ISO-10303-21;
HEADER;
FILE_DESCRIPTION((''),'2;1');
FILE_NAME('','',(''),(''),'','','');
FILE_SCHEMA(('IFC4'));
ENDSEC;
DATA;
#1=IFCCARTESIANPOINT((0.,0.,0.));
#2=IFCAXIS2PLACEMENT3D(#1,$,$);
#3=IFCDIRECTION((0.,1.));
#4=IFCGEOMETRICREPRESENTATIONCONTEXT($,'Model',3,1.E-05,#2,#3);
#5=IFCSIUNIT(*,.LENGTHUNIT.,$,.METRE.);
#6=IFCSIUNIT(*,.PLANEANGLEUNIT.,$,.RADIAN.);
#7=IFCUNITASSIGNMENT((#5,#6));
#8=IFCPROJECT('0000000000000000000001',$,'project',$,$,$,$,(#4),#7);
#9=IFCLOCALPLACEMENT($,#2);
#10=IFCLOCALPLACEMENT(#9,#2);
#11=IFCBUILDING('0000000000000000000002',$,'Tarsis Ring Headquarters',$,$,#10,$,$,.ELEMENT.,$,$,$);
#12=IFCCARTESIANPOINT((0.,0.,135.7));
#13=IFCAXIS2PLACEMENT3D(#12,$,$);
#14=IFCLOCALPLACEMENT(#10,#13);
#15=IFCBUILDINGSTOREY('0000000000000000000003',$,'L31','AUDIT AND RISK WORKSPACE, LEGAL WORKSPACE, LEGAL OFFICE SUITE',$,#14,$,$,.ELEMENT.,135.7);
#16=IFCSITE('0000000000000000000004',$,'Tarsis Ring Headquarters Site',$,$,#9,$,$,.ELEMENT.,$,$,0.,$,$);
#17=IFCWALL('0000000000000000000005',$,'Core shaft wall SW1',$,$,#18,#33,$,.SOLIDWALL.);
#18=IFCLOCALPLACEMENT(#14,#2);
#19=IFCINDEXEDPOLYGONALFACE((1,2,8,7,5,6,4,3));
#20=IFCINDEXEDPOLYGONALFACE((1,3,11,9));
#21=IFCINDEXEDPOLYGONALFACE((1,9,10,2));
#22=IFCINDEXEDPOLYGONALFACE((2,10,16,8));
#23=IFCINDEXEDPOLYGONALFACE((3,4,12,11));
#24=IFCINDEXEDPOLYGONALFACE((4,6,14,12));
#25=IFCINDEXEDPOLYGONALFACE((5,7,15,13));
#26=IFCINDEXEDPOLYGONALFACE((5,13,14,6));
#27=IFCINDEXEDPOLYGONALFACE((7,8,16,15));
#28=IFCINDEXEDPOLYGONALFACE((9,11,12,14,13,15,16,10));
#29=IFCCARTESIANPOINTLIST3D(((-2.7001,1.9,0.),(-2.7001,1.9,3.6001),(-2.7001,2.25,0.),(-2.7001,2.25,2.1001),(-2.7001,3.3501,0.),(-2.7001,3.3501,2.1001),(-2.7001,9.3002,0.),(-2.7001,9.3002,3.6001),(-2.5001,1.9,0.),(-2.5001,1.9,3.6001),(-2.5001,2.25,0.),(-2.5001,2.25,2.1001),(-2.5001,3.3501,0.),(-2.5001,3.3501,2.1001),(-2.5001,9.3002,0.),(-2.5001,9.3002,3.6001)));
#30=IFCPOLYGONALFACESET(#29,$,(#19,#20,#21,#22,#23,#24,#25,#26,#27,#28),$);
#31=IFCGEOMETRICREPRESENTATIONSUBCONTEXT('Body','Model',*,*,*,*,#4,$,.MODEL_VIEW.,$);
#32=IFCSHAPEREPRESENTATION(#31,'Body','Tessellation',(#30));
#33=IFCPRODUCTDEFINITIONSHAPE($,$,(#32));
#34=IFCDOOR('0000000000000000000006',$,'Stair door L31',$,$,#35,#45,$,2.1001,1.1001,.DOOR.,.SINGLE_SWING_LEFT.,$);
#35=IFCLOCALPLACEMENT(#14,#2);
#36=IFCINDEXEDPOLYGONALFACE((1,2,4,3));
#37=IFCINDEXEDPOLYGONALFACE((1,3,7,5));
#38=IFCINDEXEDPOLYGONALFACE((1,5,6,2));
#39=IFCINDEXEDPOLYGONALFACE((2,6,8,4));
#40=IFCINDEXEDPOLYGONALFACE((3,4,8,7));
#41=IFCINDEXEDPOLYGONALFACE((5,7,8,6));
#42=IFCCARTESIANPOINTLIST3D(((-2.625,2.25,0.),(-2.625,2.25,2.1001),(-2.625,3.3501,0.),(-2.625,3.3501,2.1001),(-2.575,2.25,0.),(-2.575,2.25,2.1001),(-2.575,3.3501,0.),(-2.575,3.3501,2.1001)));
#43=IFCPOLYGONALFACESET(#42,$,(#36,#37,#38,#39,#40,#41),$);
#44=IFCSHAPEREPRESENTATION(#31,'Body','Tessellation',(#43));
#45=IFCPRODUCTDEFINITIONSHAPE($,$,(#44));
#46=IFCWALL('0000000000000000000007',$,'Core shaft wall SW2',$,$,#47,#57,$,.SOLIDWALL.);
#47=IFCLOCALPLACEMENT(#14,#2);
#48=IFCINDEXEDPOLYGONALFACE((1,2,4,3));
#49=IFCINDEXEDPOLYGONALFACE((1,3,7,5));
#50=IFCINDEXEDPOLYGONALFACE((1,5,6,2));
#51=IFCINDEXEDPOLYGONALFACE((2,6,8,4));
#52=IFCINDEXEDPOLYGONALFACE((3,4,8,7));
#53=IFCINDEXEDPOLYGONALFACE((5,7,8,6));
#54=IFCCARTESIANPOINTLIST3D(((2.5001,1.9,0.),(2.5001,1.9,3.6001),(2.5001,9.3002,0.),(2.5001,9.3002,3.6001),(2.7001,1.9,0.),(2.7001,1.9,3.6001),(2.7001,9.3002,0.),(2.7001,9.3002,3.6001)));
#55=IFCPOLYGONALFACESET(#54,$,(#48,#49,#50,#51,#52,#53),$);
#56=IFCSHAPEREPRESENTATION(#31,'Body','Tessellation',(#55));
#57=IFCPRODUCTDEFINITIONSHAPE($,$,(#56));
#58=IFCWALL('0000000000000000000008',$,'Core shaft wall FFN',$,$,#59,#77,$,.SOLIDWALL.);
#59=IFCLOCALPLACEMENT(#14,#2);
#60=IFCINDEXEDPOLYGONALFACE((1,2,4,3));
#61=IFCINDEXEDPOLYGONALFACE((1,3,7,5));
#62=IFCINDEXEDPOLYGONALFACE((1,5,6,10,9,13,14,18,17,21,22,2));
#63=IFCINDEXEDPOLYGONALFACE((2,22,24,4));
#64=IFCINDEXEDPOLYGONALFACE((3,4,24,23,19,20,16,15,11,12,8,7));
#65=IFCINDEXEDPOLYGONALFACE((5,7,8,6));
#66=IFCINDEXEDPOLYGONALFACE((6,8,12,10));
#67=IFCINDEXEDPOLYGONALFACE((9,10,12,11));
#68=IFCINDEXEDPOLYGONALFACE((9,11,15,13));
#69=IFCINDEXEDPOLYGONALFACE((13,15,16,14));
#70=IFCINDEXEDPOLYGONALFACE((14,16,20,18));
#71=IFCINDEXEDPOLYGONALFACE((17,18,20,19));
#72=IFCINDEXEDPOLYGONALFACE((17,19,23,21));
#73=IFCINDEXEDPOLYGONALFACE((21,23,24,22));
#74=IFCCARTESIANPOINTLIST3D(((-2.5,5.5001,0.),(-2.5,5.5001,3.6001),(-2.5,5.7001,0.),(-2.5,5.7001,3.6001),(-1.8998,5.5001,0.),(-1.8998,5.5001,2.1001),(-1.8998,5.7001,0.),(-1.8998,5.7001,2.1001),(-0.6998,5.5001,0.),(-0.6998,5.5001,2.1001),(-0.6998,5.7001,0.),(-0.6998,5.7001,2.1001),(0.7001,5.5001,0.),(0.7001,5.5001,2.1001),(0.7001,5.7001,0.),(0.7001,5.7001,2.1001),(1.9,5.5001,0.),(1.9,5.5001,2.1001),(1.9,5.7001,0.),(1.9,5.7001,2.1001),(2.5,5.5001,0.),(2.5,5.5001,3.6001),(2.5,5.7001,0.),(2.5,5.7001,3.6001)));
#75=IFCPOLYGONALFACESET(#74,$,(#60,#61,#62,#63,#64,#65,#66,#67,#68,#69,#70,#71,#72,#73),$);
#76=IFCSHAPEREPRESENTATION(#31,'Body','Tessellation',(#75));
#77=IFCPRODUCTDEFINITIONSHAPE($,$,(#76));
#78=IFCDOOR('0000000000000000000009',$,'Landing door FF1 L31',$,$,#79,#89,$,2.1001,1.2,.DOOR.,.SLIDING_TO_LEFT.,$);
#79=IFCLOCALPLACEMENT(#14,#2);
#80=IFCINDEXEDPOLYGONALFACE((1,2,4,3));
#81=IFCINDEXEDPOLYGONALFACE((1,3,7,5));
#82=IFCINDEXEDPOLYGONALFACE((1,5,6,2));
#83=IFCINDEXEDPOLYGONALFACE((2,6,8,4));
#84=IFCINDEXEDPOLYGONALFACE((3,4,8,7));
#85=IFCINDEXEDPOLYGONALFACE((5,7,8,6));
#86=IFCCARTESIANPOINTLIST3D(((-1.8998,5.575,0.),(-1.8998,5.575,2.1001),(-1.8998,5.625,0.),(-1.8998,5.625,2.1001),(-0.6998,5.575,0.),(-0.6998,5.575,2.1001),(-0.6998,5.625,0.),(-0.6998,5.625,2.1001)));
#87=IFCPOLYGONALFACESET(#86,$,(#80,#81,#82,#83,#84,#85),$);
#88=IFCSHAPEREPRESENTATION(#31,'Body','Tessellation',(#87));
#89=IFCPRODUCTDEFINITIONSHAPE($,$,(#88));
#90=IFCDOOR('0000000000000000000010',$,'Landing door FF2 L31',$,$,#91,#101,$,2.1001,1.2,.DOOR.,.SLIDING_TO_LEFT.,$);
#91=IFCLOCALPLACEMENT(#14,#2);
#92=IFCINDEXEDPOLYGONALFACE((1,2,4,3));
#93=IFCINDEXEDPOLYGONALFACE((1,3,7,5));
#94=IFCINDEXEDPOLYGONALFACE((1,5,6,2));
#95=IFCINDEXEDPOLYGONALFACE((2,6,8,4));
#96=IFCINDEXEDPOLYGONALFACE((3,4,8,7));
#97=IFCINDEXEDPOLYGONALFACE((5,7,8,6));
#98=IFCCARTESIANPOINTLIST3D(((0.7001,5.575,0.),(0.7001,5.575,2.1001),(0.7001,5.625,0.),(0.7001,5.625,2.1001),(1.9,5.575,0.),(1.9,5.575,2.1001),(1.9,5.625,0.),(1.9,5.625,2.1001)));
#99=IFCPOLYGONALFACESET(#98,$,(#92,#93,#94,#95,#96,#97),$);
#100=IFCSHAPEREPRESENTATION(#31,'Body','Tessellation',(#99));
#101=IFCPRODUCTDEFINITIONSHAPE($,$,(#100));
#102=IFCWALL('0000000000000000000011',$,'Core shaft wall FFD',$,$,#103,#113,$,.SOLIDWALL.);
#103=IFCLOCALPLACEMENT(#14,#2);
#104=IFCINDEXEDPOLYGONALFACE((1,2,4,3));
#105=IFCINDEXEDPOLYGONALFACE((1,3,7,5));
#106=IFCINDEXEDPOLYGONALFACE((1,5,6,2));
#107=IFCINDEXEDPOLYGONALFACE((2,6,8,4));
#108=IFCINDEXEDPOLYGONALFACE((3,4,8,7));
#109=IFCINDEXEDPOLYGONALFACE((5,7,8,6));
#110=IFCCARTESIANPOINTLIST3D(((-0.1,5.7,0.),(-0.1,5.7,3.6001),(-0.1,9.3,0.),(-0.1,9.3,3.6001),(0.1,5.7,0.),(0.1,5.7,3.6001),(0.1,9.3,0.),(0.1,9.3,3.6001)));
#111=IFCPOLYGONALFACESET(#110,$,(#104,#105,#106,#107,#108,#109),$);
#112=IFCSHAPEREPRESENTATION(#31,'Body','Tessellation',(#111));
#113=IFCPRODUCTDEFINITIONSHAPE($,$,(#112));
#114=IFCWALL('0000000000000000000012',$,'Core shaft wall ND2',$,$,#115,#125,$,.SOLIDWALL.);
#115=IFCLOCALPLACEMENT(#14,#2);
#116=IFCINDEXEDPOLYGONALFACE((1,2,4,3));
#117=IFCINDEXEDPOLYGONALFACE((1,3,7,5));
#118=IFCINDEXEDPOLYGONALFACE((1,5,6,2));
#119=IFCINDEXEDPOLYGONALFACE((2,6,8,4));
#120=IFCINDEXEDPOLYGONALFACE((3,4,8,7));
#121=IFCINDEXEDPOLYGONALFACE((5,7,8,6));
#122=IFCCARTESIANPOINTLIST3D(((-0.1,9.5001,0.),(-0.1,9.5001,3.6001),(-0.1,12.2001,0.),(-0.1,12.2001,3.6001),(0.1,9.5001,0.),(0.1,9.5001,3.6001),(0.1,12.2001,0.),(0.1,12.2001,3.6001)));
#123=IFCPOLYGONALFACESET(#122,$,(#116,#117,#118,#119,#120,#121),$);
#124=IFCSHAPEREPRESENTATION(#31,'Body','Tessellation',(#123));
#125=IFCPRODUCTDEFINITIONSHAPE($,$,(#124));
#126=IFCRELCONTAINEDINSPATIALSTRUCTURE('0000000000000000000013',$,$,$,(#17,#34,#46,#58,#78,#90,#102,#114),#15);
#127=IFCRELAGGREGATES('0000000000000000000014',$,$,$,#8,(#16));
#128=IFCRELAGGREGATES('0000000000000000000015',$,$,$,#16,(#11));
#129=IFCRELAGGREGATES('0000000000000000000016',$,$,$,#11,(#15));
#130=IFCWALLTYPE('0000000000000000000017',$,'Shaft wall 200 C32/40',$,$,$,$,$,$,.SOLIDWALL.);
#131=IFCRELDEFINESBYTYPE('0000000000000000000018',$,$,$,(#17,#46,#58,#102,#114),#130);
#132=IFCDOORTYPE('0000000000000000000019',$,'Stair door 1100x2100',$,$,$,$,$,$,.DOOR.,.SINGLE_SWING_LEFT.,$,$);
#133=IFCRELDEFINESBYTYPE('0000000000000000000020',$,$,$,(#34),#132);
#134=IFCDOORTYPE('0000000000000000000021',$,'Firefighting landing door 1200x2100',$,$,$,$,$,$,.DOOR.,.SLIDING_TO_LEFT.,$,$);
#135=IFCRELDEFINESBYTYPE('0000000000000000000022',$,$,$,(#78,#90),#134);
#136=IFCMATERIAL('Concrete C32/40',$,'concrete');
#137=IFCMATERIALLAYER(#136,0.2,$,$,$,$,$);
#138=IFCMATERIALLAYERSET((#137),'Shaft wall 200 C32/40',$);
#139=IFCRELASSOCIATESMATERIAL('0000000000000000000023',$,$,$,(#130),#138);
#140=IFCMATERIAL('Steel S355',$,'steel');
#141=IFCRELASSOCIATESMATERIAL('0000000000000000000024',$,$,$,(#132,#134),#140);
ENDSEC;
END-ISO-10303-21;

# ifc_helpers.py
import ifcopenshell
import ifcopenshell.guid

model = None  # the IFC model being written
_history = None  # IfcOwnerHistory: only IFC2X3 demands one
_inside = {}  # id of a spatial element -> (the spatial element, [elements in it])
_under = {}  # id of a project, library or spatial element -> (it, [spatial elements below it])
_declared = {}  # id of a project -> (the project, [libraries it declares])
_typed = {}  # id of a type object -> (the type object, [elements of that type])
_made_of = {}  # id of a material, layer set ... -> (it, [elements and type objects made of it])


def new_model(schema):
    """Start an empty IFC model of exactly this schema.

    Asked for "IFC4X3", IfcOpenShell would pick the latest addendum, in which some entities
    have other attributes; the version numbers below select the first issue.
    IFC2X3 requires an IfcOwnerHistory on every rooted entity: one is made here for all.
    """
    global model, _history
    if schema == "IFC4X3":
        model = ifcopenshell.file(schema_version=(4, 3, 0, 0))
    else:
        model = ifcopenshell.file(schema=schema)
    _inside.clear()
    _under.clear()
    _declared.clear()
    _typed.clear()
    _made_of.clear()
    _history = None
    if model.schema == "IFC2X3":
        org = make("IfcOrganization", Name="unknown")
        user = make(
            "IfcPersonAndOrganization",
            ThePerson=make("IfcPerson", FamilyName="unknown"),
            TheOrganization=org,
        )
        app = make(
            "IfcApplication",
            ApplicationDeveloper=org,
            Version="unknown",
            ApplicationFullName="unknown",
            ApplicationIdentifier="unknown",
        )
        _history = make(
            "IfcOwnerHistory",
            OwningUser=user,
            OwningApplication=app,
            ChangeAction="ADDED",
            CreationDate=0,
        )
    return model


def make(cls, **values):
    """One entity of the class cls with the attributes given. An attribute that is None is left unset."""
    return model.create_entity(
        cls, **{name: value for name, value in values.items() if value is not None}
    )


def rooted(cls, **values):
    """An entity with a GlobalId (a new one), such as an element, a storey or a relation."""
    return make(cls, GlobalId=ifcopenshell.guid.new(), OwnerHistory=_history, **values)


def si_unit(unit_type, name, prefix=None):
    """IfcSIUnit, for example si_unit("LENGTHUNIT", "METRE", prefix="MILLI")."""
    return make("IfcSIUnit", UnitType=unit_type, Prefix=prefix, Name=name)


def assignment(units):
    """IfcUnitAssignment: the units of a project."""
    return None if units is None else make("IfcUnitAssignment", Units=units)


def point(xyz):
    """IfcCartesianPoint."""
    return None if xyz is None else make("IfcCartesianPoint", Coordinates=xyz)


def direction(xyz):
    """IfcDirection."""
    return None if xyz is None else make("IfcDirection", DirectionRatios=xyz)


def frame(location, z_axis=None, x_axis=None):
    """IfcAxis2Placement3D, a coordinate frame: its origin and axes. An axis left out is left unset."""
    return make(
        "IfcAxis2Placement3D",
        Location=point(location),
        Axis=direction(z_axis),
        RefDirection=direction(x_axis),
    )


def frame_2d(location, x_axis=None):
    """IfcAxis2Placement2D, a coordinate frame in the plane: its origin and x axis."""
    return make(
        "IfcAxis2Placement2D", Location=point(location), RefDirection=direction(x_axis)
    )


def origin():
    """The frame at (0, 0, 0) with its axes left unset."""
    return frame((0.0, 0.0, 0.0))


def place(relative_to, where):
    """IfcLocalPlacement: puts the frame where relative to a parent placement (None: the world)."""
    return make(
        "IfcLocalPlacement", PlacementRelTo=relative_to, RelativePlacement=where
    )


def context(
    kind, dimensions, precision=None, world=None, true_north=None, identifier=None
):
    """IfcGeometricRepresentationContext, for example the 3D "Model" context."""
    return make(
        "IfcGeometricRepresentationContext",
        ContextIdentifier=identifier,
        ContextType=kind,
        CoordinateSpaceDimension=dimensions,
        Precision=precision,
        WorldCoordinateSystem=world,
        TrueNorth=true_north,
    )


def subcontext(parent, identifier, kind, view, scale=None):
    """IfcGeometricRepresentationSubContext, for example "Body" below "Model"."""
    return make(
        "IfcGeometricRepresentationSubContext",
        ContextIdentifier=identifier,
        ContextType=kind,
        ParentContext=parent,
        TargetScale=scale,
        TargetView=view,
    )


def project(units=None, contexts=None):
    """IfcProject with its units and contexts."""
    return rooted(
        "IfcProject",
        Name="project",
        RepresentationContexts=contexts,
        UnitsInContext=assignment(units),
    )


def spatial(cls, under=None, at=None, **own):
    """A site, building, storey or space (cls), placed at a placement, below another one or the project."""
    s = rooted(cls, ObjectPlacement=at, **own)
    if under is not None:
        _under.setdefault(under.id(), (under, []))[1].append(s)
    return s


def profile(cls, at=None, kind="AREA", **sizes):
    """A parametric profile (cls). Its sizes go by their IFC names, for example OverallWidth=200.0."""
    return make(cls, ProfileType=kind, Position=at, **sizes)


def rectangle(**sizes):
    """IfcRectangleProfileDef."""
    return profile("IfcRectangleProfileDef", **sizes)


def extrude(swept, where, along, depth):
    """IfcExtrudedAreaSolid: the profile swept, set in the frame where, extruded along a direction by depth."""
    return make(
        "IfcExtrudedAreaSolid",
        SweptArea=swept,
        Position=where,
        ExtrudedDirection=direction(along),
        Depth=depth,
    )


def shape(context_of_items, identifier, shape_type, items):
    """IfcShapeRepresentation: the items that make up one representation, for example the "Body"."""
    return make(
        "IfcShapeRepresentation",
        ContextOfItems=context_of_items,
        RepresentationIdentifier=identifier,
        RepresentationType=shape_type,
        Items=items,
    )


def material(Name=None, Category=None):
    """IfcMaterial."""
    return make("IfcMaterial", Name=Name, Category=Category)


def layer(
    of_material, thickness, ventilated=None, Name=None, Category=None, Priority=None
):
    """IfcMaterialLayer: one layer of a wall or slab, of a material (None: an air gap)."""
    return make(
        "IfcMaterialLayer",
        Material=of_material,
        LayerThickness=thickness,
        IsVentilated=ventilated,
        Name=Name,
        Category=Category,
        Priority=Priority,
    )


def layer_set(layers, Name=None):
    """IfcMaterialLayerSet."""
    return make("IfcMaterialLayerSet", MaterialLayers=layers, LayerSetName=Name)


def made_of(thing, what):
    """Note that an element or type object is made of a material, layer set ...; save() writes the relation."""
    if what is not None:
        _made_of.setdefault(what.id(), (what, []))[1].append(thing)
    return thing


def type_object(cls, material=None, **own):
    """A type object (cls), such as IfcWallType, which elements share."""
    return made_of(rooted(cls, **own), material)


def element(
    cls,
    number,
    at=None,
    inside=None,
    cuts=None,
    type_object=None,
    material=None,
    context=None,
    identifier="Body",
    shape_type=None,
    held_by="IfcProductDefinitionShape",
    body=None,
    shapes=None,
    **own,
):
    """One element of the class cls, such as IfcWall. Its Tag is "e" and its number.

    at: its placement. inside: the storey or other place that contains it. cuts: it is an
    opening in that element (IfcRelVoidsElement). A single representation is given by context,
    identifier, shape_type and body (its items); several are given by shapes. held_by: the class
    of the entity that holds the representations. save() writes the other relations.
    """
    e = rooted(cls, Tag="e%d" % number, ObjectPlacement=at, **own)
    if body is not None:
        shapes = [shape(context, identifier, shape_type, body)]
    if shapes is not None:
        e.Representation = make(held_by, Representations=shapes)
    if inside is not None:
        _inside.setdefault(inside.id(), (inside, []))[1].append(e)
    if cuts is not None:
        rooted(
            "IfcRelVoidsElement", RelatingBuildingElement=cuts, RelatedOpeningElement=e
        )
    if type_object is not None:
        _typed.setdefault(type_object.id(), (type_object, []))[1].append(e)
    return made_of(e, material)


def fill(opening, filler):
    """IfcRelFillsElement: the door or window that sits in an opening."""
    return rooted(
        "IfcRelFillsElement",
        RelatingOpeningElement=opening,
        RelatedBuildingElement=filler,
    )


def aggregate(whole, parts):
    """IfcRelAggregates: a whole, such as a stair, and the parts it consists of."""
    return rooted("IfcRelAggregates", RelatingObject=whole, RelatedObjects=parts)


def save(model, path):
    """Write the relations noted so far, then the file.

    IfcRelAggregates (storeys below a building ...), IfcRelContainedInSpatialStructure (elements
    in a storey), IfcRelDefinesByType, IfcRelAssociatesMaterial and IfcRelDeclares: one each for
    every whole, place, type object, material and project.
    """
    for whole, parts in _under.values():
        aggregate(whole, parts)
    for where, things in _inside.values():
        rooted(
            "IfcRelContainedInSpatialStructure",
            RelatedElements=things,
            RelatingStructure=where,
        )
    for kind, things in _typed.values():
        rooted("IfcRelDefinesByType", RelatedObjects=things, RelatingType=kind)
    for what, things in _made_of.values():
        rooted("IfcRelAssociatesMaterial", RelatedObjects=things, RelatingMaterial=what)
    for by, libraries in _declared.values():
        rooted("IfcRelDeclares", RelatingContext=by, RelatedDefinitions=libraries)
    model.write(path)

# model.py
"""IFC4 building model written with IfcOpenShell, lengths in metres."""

from ifc_helpers import new_model, si_unit, direction, frame, frame_2d, origin, place, context, subcontext, project, spatial, rectangle, extrude, material, layer, layer_set, type_object, element, fill, save


model = new_model("IFC4")

# Units and contexts
model_context = context("Model", 3, precision=1e-05, world=origin(), true_north=direction((0.0, 1.0)))
body_context = subcontext(model_context, "Body", "Model", "MODEL_VIEW")
ifc_project = project(units=[si_unit("LENGTHUNIT", "METRE"), si_unit("PLANEANGLEUNIT", "RADIAN")], contexts=[model_context])

# Site, building, storey
site_placement = place(None, origin())
site = spatial("IfcSite", under=ifc_project, at=site_placement, Name="Tarsis Ring Headquarters Site", CompositionType="ELEMENT", RefElevation=0.0)
building_placement = place(site_placement, origin())
building = spatial("IfcBuilding", under=site, at=building_placement, Name="Tarsis Ring Headquarters", CompositionType="ELEMENT")
storey_placement = place(building_placement, frame((0.0, 0.0, 135.7)))
storey = spatial("IfcBuildingStorey", under=building, at=storey_placement, Name="L31", Description="AUDIT AND RISK WORKSPACE, LEGAL WORKSPACE, LEGAL OFFICE SUITE", CompositionType="ELEMENT", Elevation=135.7)

# Shared definitions
ifc_material_1 = material(Name="Concrete C32/40", Category="concrete")

# Shared definitions
ifc_layer_1 = layer(ifc_material_1, 0.2)
ifc_layer_set_1 = layer_set([ifc_layer_1], Name="Shaft wall 200 C32/40")
wall_type_1 = type_object("IfcWallType", Name="Shaft wall 200 C32/40", PredefinedType="SOLIDWALL", material=ifc_layer_set_1)
ifc_material_2 = material(Name="Steel S355", Category="steel")
door_type_1 = type_object("IfcDoorType", Name="Stair door 1100x2100", OperationType="SINGLE_SWING_LEFT", PredefinedType="DOOR", material=ifc_material_2)

# Wall, opening, door
wall_1_placement = place(storey_placement, frame((-2.6001, 1.8999, 0.0), z_axis=(0.0, 0.0, 1.0), x_axis=(0.0, 1.0, 0.0)))
wall_1 = element("IfcWall", 1, at=wall_1_placement, inside=storey, type_object=wall_type_1, Name="Core shaft wall SW1", PredefinedType="SOLIDWALL", context=body_context, shape_type="SweptSolid", body=[
    extrude(rectangle(XDim=7.4001, YDim=0.2, at=frame_2d((3.7002, 0.0))), origin(), (0.0, 0.0, 1.0), 3.6001),
])
opening_1_placement = place(wall_1_placement, frame((0.3501, 0.0, 0.0)))
opening_1 = element("IfcOpeningElement", 2, at=opening_1_placement, cuts=wall_1, PredefinedType="OPENING", context=body_context, shape_type="SweptSolid", body=[
    extrude(rectangle(XDim=1.1001, YDim=2.1001, at=frame_2d((0.55, 1.05))), frame((0.0, 0.1099, 0.0), z_axis=(0.0, -1.0, 0.0), x_axis=(1.0, 0.0, 0.0)), (0.0, 0.0, 1.0), 0.22),
])
door_1_placement = place(opening_1_placement, origin())
door_1 = element("IfcDoor", 3, at=door_1_placement, inside=storey, type_object=door_type_1, Name="Stair door L31", OperationType="SINGLE_SWING_LEFT", OverallHeight=2.1001, OverallWidth=1.1001, PredefinedType="DOOR", context=body_context, shape_type="SweptSolid", body=[
    extrude(rectangle(XDim=1.1001, YDim=2.1001, at=frame_2d((0.55, 1.05))), frame((0.0, 0.0249, 0.0), z_axis=(0.0, -1.0, 0.0), x_axis=(1.0, 0.0, 0.0)), (0.0, 0.0, 1.0), 0.05),
])
fill(opening_1, door_1)

# Wall
wall_2_placement = place(storey_placement, frame((2.6001, 1.8999, 0.0), z_axis=(0.0, 0.0, 1.0), x_axis=(0.0, 1.0, 0.0)))
element("IfcWall", 4, at=wall_2_placement, inside=storey, type_object=wall_type_1, Name="Core shaft wall SW2", PredefinedType="SOLIDWALL", context=body_context, shape_type="SweptSolid", body=[
    extrude(rectangle(XDim=7.4001, YDim=0.2, at=frame_2d((3.7002, 0.0))), origin(), (0.0, 0.0, 1.0), 3.6001),
])

# Wall, openings, doors
wall_3_placement = place(storey_placement, frame((-2.5, 5.6001, 0.0), z_axis=(0.0, 0.0, 1.0), x_axis=(1.0, 0.0, 0.0)))
wall_3 = element("IfcWall", 5, at=wall_3_placement, inside=storey, type_object=wall_type_1, Name="Core shaft wall FFN", PredefinedType="SOLIDWALL", context=body_context, shape_type="SweptSolid", body=[
    extrude(rectangle(XDim=5.0, YDim=0.2, at=frame_2d((2.5, 0.0))), origin(), (0.0, 0.0, 1.0), 3.6001),
])
opening_2_placement = place(wall_3_placement, frame((0.6001, 0.0, 0.0)))
opening_2 = element("IfcOpeningElement", 6, at=opening_2_placement, cuts=wall_3, PredefinedType="OPENING", context=body_context, shape_type="SweptSolid", body=[
    extrude(rectangle(XDim=1.2, YDim=2.1001, at=frame_2d((0.6001, 1.05))), frame((0.0, 0.1099, 0.0), z_axis=(0.0, -1.0, 0.0), x_axis=(1.0, 0.0, 0.0)), (0.0, 0.0, 1.0), 0.22),
])
opening_3_placement = place(wall_3_placement, frame((3.2, 0.0, 0.0)))
opening_3 = element("IfcOpeningElement", 7, at=opening_3_placement, cuts=wall_3, PredefinedType="OPENING", context=body_context, shape_type="SweptSolid", body=[
    extrude(rectangle(XDim=1.2, YDim=2.1001, at=frame_2d((0.6001, 1.05))), frame((0.0, 0.1099, 0.0), z_axis=(0.0, -1.0, 0.0), x_axis=(1.0, 0.0, 0.0)), (0.0, 0.0, 1.0), 0.22),
])
door_type_2 = type_object("IfcDoorType", Name="Firefighting landing door 1200x2100", OperationType="SLIDING_TO_LEFT", PredefinedType="DOOR", material=ifc_material_2)
door_2_placement = place(opening_2_placement, origin())
door_2 = element("IfcDoor", 8, at=door_2_placement, inside=storey, type_object=door_type_2, Name="Landing door FF1 L31", OperationType="SLIDING_TO_LEFT", OverallHeight=2.1001, OverallWidth=1.2, PredefinedType="DOOR", context=body_context, shape_type="SweptSolid", body=[
    extrude(rectangle(XDim=1.2, YDim=2.1001, at=frame_2d((0.6001, 1.05))), frame((0.0, 0.0249, 0.0), z_axis=(0.0, -1.0, 0.0), x_axis=(1.0, 0.0, 0.0)), (0.0, 0.0, 1.0), 0.05),
])
fill(opening_2, door_2)
door_3_placement = place(opening_3_placement, origin())
door_3 = element("IfcDoor", 9, at=door_3_placement, inside=storey, type_object=door_type_2, Name="Landing door FF2 L31", OperationType="SLIDING_TO_LEFT", OverallHeight=2.1001, OverallWidth=1.2, PredefinedType="DOOR", context=body_context, shape_type="SweptSolid", body=[
    extrude(rectangle(XDim=1.2, YDim=2.1001, at=frame_2d((0.6001, 1.05))), frame((0.0, 0.0249, 0.0), z_axis=(0.0, -1.0, 0.0), x_axis=(1.0, 0.0, 0.0)), (0.0, 0.0, 1.0), 0.05),
])
fill(opening_3, door_3)

# Walls
wall_4_placement = place(storey_placement, frame((0.0, 5.7, 0.0), z_axis=(0.0, 0.0, 1.0), x_axis=(0.0, 1.0, 0.0)))
element("IfcWall", 10, at=wall_4_placement, inside=storey, type_object=wall_type_1, Name="Core shaft wall FFD", PredefinedType="SOLIDWALL", context=body_context, shape_type="SweptSolid", body=[
    extrude(rectangle(XDim=3.6001, YDim=0.2, at=frame_2d((1.8, 0.0))), origin(), (0.0, 0.0, 1.0), 3.6001),
])
wall_5_placement = place(storey_placement, frame((0.0, 9.5, 0.0), z_axis=(0.0, 0.0, 1.0), x_axis=(0.0, 1.0, 0.0)))
element("IfcWall", 11, at=wall_5_placement, inside=storey, type_object=wall_type_1, Name="Core shaft wall ND2", PredefinedType="SOLIDWALL", context=body_context, shape_type="SweptSolid", body=[
    extrude(rectangle(XDim=2.7, YDim=0.2, at=frame_2d((1.3501, 0.0))), origin(), (0.0, 0.0, 1.0), 3.6001),
])

save(model, "model.ifc")
